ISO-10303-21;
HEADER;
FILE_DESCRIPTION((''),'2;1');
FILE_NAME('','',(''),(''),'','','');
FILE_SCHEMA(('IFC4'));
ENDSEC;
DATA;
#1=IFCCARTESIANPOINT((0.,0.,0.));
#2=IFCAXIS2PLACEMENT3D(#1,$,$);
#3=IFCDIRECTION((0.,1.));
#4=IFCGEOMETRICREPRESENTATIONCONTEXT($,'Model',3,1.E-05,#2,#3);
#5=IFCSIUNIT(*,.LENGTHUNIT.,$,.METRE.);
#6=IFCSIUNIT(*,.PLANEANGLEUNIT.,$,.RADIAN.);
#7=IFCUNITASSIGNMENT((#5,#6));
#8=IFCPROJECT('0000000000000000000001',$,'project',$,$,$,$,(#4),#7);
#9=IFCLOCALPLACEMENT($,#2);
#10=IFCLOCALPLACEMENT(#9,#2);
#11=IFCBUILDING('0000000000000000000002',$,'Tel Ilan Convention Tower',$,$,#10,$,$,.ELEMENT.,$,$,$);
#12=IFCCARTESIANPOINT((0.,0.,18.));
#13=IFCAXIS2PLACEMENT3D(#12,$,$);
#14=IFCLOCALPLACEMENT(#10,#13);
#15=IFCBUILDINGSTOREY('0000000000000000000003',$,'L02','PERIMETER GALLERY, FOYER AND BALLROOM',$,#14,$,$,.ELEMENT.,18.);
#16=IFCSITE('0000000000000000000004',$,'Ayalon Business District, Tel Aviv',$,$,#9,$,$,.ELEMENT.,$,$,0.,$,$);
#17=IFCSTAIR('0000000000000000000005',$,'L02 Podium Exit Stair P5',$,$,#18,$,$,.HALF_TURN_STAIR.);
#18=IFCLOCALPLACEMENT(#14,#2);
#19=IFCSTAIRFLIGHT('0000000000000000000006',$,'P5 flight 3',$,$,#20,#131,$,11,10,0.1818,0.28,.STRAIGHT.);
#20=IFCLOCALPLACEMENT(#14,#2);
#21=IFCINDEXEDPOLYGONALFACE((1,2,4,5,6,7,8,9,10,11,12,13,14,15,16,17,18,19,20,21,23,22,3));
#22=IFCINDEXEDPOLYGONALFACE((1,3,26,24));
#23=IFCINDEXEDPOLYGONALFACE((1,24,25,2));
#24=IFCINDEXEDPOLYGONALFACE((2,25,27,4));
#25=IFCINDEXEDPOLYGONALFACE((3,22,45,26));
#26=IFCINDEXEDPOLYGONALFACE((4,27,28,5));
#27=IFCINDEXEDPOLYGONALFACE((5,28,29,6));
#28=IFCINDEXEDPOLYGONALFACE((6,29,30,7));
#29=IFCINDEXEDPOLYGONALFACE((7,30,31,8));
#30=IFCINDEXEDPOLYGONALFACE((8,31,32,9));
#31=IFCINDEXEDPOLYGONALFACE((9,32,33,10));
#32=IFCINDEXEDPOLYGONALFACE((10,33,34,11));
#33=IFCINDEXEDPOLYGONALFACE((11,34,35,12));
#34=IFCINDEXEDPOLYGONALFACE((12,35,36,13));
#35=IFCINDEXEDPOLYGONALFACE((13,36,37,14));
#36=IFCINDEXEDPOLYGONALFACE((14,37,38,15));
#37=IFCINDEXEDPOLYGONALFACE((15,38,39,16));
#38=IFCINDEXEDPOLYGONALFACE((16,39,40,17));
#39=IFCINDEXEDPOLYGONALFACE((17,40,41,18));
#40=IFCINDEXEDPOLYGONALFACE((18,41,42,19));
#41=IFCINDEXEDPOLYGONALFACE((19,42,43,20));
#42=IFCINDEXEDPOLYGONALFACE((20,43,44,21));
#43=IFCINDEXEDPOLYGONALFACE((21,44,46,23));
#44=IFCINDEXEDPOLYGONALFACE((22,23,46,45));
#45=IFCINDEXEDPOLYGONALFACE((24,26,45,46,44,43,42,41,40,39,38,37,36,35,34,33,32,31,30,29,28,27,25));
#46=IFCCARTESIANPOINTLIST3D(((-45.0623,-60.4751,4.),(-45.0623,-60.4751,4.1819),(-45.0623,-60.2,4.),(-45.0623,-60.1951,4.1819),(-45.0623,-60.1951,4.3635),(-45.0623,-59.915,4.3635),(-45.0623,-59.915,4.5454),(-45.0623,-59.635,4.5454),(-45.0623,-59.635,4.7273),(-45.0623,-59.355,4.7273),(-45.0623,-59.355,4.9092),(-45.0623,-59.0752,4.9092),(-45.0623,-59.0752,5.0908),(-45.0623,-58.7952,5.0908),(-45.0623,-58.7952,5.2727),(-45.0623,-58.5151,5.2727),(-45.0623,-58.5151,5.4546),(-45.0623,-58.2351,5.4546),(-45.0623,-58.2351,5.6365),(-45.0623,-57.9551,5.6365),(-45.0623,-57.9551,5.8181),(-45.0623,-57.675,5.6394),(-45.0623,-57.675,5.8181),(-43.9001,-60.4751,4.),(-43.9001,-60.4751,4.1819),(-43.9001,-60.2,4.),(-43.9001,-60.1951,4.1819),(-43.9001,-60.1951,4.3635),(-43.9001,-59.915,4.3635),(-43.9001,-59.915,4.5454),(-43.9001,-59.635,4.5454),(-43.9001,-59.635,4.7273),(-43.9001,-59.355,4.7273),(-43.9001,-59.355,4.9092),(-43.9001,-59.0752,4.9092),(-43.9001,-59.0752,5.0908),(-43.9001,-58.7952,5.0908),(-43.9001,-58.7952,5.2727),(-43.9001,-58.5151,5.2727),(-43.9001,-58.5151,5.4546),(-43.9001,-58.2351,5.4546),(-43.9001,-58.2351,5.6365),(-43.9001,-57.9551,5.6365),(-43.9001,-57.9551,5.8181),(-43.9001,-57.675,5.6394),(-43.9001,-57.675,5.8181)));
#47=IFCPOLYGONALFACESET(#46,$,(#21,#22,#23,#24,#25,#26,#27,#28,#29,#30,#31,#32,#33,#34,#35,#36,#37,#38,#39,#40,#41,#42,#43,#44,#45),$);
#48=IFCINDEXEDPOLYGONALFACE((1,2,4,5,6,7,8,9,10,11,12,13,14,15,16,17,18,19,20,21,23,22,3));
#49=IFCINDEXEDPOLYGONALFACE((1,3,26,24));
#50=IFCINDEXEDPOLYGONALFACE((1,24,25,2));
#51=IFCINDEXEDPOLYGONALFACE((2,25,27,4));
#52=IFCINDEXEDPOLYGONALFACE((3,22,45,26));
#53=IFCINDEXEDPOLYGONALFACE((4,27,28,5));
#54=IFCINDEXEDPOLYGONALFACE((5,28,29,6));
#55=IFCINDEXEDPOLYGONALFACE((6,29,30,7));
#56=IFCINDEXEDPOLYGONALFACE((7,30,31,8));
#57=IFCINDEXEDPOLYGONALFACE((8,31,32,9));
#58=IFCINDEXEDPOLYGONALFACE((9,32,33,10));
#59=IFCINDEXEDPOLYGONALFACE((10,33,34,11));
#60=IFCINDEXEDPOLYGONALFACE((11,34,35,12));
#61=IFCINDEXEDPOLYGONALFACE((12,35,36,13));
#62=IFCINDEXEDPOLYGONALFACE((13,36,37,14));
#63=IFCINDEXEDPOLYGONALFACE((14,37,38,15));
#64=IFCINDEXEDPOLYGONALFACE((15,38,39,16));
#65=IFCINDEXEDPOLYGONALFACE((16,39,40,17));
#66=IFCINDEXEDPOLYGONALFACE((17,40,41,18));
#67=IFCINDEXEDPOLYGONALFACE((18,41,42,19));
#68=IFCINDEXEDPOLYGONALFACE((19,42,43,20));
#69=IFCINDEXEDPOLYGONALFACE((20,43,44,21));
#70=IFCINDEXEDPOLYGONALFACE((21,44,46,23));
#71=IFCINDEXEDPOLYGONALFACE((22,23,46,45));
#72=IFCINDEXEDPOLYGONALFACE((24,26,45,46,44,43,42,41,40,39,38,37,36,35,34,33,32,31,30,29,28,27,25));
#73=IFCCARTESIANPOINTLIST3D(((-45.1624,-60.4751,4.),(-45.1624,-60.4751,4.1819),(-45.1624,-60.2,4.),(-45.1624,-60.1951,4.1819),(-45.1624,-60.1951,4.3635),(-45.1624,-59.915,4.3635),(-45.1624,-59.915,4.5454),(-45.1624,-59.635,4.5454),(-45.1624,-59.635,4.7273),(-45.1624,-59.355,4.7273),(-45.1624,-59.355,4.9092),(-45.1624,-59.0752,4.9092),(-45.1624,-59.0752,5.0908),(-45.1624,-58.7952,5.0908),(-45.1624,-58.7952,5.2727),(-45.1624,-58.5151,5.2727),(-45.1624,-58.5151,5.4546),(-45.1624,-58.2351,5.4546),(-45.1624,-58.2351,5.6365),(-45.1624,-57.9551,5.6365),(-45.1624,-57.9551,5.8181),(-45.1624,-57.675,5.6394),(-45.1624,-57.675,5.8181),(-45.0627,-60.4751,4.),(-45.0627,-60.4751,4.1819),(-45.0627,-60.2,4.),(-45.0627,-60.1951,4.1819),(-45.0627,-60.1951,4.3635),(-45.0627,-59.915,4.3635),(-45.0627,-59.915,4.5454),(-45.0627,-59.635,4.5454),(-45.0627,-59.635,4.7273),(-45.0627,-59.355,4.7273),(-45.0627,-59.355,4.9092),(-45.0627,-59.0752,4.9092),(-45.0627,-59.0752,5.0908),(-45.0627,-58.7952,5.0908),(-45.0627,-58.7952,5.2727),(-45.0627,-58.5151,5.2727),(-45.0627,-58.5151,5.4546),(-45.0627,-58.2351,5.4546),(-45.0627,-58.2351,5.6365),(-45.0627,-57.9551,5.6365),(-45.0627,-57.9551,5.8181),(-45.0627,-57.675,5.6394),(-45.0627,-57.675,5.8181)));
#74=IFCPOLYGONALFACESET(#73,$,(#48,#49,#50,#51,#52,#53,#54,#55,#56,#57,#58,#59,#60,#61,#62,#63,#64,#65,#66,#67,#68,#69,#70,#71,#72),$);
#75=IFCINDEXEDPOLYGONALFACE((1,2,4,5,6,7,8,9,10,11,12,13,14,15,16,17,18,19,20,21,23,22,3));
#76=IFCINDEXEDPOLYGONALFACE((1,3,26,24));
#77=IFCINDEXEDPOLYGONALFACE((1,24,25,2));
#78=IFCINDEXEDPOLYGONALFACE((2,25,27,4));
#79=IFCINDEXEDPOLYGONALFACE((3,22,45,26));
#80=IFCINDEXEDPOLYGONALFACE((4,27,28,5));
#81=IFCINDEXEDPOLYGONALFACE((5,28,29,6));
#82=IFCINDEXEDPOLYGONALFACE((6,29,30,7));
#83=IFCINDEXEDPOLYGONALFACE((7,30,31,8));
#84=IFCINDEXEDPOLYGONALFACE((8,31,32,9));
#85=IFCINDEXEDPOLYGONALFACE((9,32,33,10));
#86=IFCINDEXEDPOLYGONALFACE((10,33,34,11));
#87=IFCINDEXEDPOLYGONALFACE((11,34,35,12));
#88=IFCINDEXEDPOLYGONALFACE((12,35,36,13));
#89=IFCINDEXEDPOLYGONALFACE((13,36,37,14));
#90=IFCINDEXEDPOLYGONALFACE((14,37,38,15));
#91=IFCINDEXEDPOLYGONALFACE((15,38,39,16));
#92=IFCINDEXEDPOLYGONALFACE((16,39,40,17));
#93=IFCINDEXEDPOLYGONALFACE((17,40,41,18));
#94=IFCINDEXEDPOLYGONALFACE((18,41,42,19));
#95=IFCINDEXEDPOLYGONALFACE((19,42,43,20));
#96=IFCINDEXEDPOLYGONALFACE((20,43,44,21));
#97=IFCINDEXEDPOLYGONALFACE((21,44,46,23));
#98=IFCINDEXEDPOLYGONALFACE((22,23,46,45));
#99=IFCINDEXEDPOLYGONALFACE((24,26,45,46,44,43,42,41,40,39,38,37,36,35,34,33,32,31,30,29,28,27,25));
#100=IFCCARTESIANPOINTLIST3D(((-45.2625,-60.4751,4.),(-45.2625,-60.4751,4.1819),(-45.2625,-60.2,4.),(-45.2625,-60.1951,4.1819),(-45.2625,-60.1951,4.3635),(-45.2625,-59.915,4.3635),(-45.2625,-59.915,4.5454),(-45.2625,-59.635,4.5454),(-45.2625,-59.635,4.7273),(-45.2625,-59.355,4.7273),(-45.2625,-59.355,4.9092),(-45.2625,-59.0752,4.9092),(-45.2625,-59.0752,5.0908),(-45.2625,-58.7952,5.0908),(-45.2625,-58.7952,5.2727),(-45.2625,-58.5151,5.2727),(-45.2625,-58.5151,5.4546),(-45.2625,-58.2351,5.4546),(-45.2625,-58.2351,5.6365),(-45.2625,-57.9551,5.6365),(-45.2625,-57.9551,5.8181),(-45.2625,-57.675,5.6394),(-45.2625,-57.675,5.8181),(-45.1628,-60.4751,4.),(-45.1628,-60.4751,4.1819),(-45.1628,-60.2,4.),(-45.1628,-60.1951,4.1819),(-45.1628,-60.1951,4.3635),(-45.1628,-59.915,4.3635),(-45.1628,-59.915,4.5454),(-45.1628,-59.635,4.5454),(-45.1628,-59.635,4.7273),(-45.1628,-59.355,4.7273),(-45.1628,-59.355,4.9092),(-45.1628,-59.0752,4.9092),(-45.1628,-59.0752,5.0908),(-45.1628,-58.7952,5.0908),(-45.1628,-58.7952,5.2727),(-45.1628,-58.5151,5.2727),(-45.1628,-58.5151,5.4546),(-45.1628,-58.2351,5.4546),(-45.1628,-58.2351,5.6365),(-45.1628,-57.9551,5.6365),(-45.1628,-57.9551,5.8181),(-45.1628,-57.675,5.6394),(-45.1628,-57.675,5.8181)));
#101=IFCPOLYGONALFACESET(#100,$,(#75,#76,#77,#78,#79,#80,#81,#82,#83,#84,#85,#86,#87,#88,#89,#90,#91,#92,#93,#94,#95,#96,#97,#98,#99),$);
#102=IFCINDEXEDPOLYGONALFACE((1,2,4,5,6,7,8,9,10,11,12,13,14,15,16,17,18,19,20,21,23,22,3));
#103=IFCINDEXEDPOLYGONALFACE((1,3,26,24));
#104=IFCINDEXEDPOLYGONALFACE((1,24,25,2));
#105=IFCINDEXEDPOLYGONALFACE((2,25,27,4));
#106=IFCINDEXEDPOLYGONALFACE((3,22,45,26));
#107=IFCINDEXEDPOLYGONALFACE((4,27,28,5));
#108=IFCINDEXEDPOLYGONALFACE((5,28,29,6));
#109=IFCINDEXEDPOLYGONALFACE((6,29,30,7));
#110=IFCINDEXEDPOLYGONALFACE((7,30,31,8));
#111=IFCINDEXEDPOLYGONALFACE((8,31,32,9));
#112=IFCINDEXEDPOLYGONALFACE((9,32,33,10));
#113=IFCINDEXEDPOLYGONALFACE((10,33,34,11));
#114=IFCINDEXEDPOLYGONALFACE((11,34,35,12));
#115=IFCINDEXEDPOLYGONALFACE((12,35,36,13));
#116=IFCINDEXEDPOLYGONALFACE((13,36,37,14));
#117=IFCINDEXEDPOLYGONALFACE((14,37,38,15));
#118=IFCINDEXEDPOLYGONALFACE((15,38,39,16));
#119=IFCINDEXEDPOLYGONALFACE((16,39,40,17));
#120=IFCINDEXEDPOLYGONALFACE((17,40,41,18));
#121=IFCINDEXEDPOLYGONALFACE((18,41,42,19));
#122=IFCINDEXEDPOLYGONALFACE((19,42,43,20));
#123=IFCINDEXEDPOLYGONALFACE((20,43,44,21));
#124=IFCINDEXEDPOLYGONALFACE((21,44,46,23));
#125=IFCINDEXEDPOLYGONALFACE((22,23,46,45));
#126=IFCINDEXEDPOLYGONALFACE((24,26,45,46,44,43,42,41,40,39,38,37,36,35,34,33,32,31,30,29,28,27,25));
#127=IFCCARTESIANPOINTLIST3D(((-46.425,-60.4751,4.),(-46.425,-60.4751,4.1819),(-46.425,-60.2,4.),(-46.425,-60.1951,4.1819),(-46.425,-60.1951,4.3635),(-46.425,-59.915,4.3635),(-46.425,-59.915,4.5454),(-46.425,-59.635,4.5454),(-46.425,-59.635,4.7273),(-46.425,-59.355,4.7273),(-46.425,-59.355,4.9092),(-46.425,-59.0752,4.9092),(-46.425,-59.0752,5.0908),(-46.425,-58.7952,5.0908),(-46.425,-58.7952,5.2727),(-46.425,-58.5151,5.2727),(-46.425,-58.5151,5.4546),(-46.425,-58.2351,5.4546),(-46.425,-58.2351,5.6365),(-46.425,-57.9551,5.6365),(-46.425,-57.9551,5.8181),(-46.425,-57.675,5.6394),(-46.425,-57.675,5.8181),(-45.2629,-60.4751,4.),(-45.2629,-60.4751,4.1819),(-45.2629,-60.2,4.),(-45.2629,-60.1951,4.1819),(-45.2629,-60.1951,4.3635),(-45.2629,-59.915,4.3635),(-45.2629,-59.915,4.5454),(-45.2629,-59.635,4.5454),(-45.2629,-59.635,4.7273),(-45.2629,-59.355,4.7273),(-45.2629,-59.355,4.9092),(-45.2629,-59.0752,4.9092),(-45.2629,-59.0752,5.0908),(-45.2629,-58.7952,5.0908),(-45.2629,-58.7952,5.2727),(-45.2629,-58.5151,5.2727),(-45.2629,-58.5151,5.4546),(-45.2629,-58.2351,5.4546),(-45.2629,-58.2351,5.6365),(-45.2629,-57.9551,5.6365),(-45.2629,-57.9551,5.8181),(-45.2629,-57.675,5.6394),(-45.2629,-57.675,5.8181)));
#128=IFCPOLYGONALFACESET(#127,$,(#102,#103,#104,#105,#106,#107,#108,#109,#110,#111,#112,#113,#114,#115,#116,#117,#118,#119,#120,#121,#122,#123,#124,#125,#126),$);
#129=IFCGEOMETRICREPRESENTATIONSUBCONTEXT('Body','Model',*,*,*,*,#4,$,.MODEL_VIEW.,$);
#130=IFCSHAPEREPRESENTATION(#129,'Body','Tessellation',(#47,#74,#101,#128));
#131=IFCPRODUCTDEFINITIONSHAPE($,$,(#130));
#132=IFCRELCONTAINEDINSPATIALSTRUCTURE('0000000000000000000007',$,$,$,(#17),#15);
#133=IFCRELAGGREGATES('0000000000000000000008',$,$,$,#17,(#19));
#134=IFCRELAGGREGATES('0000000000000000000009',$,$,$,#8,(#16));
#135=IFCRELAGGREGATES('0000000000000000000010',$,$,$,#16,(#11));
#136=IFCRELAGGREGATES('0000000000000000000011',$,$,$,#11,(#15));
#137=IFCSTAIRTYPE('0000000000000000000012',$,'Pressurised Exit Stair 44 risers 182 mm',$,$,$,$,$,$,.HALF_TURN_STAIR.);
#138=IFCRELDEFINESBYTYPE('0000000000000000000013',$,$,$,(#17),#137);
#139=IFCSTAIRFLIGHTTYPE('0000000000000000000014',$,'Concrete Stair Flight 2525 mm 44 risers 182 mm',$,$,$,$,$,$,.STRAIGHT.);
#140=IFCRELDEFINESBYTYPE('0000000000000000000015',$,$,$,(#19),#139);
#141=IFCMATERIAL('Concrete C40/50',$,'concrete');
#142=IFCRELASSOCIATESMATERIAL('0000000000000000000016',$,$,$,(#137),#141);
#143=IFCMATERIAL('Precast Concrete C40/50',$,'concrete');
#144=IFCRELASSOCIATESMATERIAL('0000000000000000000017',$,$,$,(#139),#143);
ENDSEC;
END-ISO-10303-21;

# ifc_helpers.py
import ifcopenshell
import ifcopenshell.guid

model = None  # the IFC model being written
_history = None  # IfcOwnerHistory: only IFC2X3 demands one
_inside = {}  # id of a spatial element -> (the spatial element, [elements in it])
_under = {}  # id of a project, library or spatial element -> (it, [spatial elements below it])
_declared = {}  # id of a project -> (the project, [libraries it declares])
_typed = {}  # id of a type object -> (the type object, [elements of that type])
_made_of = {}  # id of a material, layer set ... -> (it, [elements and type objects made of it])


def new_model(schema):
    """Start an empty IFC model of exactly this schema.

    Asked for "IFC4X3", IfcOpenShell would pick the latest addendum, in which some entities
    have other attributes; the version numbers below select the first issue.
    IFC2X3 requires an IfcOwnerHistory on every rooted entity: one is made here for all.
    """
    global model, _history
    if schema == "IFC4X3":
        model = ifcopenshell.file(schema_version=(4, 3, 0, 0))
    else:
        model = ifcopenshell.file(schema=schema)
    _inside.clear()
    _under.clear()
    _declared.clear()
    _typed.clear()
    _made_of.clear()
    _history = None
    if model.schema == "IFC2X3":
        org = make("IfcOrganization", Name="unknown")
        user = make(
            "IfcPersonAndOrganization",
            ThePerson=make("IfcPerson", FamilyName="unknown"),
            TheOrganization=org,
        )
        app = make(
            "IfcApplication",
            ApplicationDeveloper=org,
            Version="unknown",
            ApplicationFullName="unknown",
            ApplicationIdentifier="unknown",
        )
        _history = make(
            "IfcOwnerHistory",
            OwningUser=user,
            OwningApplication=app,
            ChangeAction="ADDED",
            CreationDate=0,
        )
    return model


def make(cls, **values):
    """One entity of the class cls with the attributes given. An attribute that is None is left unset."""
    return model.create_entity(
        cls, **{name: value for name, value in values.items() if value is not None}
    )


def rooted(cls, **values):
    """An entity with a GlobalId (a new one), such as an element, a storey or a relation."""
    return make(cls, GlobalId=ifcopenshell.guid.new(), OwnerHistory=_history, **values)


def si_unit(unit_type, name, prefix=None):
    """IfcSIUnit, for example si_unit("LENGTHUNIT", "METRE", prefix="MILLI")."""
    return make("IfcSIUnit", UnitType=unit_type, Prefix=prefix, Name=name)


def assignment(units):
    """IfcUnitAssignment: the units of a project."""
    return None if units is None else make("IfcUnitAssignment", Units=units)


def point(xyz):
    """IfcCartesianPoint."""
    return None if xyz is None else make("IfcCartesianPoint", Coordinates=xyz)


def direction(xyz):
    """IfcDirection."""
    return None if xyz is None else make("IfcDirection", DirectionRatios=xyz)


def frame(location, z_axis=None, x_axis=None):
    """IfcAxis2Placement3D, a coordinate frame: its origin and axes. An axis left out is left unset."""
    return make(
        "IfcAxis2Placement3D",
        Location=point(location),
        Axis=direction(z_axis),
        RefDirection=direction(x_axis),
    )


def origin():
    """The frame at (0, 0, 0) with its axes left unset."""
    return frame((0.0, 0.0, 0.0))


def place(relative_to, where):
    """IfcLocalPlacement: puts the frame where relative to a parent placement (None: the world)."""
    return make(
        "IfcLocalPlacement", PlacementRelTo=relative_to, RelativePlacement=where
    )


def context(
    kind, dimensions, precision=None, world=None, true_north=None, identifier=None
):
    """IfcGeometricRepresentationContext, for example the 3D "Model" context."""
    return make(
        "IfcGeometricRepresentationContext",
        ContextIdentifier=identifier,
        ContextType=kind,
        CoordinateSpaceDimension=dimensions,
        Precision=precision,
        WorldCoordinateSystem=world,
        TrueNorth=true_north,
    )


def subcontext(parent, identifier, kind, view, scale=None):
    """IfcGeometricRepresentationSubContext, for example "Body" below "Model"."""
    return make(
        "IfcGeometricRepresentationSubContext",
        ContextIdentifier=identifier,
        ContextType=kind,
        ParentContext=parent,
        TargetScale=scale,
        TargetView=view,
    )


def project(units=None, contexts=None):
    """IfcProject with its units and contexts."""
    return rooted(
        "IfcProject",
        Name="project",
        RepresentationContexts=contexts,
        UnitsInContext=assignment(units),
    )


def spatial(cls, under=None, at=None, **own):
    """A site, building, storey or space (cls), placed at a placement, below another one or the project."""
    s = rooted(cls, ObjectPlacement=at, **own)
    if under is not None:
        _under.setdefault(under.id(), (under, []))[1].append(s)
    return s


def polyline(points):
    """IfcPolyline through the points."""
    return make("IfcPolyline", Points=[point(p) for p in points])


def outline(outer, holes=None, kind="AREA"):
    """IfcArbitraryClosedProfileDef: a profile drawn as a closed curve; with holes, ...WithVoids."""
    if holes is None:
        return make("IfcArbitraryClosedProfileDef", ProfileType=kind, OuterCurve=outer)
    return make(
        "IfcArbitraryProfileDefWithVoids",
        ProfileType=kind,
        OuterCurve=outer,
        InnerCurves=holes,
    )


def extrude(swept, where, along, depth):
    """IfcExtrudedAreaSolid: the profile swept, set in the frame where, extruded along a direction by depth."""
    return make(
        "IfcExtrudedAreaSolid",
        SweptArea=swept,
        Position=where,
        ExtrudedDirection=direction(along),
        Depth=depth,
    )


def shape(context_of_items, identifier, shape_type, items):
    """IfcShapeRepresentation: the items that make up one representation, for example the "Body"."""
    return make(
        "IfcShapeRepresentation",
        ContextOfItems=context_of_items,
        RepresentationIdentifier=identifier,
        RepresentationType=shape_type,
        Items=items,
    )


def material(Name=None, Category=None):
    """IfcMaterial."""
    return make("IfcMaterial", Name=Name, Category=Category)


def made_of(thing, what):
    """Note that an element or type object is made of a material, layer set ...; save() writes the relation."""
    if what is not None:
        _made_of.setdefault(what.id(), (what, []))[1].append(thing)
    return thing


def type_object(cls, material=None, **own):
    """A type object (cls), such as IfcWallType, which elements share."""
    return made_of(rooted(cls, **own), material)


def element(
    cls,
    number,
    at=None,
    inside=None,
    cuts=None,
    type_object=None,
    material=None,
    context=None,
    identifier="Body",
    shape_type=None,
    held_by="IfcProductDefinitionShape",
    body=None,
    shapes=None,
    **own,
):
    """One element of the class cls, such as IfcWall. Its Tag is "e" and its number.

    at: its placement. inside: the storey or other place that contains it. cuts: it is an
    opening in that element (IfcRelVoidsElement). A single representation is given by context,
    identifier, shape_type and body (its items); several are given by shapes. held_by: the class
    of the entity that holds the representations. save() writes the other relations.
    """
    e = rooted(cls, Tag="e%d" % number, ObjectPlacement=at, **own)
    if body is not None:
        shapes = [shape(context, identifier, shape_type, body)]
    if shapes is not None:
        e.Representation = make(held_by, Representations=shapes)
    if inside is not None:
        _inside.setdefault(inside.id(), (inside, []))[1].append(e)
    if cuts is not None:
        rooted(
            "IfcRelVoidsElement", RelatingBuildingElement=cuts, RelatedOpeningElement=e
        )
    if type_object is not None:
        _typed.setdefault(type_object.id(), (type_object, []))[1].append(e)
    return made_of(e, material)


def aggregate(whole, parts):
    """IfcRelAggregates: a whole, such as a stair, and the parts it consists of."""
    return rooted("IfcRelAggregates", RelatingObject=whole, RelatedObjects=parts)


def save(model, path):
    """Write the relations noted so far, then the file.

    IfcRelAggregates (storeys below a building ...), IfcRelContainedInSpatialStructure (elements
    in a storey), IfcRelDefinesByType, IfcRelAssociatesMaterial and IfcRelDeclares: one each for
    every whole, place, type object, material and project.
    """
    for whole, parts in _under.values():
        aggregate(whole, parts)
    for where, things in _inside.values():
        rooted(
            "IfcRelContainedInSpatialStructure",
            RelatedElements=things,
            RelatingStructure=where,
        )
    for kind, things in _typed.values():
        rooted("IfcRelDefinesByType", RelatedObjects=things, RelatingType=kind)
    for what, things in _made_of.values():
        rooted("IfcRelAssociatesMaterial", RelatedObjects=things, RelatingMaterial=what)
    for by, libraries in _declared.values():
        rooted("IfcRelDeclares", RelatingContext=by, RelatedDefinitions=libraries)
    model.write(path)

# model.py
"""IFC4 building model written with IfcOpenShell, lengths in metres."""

from ifc_helpers import new_model, si_unit, direction, frame, origin, place, context, subcontext, project, spatial, polyline, outline, extrude, material, type_object, element, aggregate, save


model = new_model("IFC4")

# Units and contexts
model_context = context("Model", 3, precision=1e-05, world=origin(), true_north=direction((0.0, 1.0)))
body_context = subcontext(model_context, "Body", "Model", "MODEL_VIEW")
ifc_project = project(units=[si_unit("LENGTHUNIT", "METRE"), si_unit("PLANEANGLEUNIT", "RADIAN")], contexts=[model_context])

# Site, building, storey
site_placement = place(None, origin())
site = spatial("IfcSite", under=ifc_project, at=site_placement, Name="Ayalon Business District, Tel Aviv", CompositionType="ELEMENT", RefElevation=0.0)
building_placement = place(site_placement, origin())
building = spatial("IfcBuilding", under=site, at=building_placement, Name="Tel Ilan Convention Tower", CompositionType="ELEMENT")
storey_placement = place(building_placement, frame((0.0, 0.0, 18.0)))
storey = spatial("IfcBuildingStorey", under=building, at=storey_placement, Name="L02", Description="PERIMETER GALLERY, FOYER AND BALLROOM", CompositionType="ELEMENT", Elevation=18.0)

# Stair, stair flight
ifc_material_1 = material(Name="Concrete C40/50", Category="concrete")
stair_type = type_object("IfcStairType", Name="Pressurised Exit Stair 44 risers 182 mm", PredefinedType="HALF_TURN_STAIR", material=ifc_material_1)
stair_placement = place(storey_placement, origin())
stair = element("IfcStair", 1, at=stair_placement, inside=storey, type_object=stair_type, Name="L02 Podium Exit Stair P5", PredefinedType="HALF_TURN_STAIR")
ifc_material_2 = material(Name="Precast Concrete C40/50", Category="concrete")
stair_flight_type = type_object("IfcStairFlightType", Name="Concrete Stair Flight 2525 mm 44 risers 182 mm", PredefinedType="STRAIGHT", material=ifc_material_2)
stair_flight_1_placement = place(storey_placement, frame((-45.1626, -60.4751, 4.0), z_axis=(0.0, 0.0, 1.0), x_axis=(0.0, 1.0, 0.0)))
stair_flight_1 = element("IfcStairFlight", 2, at=stair_flight_1_placement, type_object=stair_flight_type, Name="P5 flight 3", NumberOfRisers=11, NumberOfTreads=10, PredefinedType="STRAIGHT", RiserHeight=0.1818, TreadLength=0.28, context=body_context, shape_type="SweptSolid", body=[
    extrude(outline(polyline([(0.0, 0.0), (0.0, 0.1819), (0.28, 0.1819), (0.28, 0.3635), (0.5601, 0.3635), (0.5601, 0.5454), (0.8401, 0.5454), (0.8401, 0.7273), (1.1201, 0.7273), (1.1201, 0.9092), (1.3999, 0.9092), (1.3999, 1.0908), (1.6799, 1.0908), (1.6799, 1.2727), (1.96, 1.2727), (1.96, 1.4546), (2.24, 1.4546), (2.24, 1.6365), (2.52, 1.6365), (2.52, 1.8181), (2.8, 1.8181), (2.8, 2.0), (2.8, 1.6394), (0.2751, 0.0), (0.0, 0.0)])), frame((0.0, -0.1003, 0.0), z_axis=(0.0, -1.0, 0.0), x_axis=(1.0, 0.0, 0.0)), (0.0, 0.0, 1.0), 1.1621),
    extrude(outline(polyline([(0.0, 0.0), (0.0, 0.1819), (0.28, 0.1819), (0.28, 0.3635), (0.5601, 0.3635), (0.5601, 0.5454), (0.8401, 0.5454), (0.8401, 0.7273), (1.1201, 0.7273), (1.1201, 0.9092), (1.3999, 0.9092), (1.3999, 1.0908), (1.6799, 1.0908), (1.6799, 1.2727), (1.96, 1.2727), (1.96, 1.4546), (2.24, 1.4546), (2.24, 1.6365), (2.52, 1.6365), (2.52, 1.8181), (2.8, 1.8181), (2.8, 2.0), (2.8, 1.6394), (0.2751, 0.0), (0.0, 0.0)])), frame((0.0, -0.0002, 0.0), z_axis=(0.0, -1.0, 0.0), x_axis=(1.0, 0.0, 0.0)), (0.0, 0.0, 1.0), 0.0996),
    extrude(outline(polyline([(0.0, 0.0), (0.0, 0.1819), (0.28, 0.1819), (0.28, 0.3635), (0.5601, 0.3635), (0.5601, 0.5454), (0.8401, 0.5454), (0.8401, 0.7273), (1.1201, 0.7273), (1.1201, 0.9092), (1.3999, 0.9092), (1.3999, 1.0908), (1.6799, 1.0908), (1.6799, 1.2727), (1.96, 1.2727), (1.96, 1.4546), (2.24, 1.4546), (2.24, 1.6365), (2.52, 1.6365), (2.52, 1.8181), (2.8, 1.8181), (2.8, 2.0), (2.8, 1.6394), (0.2751, 0.0), (0.0, 0.0)])), frame((0.0, 0.0999, 0.0), z_axis=(0.0, -1.0, 0.0), x_axis=(1.0, 0.0, 0.0)), (0.0, 0.0, 1.0), 0.0996),
    extrude(outline(polyline([(0.0, 0.0), (0.0, 0.1819), (0.28, 0.1819), (0.28, 0.3635), (0.5601, 0.3635), (0.5601, 0.5454), (0.8401, 0.5454), (0.8401, 0.7273), (1.1201, 0.7273), (1.1201, 0.9092), (1.3999, 0.9092), (1.3999, 1.0908), (1.6799, 1.0908), (1.6799, 1.2727), (1.96, 1.2727), (1.96, 1.4546), (2.24, 1.4546), (2.24, 1.6365), (2.52, 1.6365), (2.52, 1.8181), (2.8, 1.8181), (2.8, 2.0), (2.8, 1.6394), (0.2751, 0.0), (0.0, 0.0)])), frame((0.0, 1.2625, 0.0), z_axis=(0.0, -1.0, 0.0), x_axis=(1.0, 0.0, 0.0)), (0.0, 0.0, 1.0), 1.1621),
])
aggregate(stair, [stair_flight_1])

save(model, "model.ifc")
